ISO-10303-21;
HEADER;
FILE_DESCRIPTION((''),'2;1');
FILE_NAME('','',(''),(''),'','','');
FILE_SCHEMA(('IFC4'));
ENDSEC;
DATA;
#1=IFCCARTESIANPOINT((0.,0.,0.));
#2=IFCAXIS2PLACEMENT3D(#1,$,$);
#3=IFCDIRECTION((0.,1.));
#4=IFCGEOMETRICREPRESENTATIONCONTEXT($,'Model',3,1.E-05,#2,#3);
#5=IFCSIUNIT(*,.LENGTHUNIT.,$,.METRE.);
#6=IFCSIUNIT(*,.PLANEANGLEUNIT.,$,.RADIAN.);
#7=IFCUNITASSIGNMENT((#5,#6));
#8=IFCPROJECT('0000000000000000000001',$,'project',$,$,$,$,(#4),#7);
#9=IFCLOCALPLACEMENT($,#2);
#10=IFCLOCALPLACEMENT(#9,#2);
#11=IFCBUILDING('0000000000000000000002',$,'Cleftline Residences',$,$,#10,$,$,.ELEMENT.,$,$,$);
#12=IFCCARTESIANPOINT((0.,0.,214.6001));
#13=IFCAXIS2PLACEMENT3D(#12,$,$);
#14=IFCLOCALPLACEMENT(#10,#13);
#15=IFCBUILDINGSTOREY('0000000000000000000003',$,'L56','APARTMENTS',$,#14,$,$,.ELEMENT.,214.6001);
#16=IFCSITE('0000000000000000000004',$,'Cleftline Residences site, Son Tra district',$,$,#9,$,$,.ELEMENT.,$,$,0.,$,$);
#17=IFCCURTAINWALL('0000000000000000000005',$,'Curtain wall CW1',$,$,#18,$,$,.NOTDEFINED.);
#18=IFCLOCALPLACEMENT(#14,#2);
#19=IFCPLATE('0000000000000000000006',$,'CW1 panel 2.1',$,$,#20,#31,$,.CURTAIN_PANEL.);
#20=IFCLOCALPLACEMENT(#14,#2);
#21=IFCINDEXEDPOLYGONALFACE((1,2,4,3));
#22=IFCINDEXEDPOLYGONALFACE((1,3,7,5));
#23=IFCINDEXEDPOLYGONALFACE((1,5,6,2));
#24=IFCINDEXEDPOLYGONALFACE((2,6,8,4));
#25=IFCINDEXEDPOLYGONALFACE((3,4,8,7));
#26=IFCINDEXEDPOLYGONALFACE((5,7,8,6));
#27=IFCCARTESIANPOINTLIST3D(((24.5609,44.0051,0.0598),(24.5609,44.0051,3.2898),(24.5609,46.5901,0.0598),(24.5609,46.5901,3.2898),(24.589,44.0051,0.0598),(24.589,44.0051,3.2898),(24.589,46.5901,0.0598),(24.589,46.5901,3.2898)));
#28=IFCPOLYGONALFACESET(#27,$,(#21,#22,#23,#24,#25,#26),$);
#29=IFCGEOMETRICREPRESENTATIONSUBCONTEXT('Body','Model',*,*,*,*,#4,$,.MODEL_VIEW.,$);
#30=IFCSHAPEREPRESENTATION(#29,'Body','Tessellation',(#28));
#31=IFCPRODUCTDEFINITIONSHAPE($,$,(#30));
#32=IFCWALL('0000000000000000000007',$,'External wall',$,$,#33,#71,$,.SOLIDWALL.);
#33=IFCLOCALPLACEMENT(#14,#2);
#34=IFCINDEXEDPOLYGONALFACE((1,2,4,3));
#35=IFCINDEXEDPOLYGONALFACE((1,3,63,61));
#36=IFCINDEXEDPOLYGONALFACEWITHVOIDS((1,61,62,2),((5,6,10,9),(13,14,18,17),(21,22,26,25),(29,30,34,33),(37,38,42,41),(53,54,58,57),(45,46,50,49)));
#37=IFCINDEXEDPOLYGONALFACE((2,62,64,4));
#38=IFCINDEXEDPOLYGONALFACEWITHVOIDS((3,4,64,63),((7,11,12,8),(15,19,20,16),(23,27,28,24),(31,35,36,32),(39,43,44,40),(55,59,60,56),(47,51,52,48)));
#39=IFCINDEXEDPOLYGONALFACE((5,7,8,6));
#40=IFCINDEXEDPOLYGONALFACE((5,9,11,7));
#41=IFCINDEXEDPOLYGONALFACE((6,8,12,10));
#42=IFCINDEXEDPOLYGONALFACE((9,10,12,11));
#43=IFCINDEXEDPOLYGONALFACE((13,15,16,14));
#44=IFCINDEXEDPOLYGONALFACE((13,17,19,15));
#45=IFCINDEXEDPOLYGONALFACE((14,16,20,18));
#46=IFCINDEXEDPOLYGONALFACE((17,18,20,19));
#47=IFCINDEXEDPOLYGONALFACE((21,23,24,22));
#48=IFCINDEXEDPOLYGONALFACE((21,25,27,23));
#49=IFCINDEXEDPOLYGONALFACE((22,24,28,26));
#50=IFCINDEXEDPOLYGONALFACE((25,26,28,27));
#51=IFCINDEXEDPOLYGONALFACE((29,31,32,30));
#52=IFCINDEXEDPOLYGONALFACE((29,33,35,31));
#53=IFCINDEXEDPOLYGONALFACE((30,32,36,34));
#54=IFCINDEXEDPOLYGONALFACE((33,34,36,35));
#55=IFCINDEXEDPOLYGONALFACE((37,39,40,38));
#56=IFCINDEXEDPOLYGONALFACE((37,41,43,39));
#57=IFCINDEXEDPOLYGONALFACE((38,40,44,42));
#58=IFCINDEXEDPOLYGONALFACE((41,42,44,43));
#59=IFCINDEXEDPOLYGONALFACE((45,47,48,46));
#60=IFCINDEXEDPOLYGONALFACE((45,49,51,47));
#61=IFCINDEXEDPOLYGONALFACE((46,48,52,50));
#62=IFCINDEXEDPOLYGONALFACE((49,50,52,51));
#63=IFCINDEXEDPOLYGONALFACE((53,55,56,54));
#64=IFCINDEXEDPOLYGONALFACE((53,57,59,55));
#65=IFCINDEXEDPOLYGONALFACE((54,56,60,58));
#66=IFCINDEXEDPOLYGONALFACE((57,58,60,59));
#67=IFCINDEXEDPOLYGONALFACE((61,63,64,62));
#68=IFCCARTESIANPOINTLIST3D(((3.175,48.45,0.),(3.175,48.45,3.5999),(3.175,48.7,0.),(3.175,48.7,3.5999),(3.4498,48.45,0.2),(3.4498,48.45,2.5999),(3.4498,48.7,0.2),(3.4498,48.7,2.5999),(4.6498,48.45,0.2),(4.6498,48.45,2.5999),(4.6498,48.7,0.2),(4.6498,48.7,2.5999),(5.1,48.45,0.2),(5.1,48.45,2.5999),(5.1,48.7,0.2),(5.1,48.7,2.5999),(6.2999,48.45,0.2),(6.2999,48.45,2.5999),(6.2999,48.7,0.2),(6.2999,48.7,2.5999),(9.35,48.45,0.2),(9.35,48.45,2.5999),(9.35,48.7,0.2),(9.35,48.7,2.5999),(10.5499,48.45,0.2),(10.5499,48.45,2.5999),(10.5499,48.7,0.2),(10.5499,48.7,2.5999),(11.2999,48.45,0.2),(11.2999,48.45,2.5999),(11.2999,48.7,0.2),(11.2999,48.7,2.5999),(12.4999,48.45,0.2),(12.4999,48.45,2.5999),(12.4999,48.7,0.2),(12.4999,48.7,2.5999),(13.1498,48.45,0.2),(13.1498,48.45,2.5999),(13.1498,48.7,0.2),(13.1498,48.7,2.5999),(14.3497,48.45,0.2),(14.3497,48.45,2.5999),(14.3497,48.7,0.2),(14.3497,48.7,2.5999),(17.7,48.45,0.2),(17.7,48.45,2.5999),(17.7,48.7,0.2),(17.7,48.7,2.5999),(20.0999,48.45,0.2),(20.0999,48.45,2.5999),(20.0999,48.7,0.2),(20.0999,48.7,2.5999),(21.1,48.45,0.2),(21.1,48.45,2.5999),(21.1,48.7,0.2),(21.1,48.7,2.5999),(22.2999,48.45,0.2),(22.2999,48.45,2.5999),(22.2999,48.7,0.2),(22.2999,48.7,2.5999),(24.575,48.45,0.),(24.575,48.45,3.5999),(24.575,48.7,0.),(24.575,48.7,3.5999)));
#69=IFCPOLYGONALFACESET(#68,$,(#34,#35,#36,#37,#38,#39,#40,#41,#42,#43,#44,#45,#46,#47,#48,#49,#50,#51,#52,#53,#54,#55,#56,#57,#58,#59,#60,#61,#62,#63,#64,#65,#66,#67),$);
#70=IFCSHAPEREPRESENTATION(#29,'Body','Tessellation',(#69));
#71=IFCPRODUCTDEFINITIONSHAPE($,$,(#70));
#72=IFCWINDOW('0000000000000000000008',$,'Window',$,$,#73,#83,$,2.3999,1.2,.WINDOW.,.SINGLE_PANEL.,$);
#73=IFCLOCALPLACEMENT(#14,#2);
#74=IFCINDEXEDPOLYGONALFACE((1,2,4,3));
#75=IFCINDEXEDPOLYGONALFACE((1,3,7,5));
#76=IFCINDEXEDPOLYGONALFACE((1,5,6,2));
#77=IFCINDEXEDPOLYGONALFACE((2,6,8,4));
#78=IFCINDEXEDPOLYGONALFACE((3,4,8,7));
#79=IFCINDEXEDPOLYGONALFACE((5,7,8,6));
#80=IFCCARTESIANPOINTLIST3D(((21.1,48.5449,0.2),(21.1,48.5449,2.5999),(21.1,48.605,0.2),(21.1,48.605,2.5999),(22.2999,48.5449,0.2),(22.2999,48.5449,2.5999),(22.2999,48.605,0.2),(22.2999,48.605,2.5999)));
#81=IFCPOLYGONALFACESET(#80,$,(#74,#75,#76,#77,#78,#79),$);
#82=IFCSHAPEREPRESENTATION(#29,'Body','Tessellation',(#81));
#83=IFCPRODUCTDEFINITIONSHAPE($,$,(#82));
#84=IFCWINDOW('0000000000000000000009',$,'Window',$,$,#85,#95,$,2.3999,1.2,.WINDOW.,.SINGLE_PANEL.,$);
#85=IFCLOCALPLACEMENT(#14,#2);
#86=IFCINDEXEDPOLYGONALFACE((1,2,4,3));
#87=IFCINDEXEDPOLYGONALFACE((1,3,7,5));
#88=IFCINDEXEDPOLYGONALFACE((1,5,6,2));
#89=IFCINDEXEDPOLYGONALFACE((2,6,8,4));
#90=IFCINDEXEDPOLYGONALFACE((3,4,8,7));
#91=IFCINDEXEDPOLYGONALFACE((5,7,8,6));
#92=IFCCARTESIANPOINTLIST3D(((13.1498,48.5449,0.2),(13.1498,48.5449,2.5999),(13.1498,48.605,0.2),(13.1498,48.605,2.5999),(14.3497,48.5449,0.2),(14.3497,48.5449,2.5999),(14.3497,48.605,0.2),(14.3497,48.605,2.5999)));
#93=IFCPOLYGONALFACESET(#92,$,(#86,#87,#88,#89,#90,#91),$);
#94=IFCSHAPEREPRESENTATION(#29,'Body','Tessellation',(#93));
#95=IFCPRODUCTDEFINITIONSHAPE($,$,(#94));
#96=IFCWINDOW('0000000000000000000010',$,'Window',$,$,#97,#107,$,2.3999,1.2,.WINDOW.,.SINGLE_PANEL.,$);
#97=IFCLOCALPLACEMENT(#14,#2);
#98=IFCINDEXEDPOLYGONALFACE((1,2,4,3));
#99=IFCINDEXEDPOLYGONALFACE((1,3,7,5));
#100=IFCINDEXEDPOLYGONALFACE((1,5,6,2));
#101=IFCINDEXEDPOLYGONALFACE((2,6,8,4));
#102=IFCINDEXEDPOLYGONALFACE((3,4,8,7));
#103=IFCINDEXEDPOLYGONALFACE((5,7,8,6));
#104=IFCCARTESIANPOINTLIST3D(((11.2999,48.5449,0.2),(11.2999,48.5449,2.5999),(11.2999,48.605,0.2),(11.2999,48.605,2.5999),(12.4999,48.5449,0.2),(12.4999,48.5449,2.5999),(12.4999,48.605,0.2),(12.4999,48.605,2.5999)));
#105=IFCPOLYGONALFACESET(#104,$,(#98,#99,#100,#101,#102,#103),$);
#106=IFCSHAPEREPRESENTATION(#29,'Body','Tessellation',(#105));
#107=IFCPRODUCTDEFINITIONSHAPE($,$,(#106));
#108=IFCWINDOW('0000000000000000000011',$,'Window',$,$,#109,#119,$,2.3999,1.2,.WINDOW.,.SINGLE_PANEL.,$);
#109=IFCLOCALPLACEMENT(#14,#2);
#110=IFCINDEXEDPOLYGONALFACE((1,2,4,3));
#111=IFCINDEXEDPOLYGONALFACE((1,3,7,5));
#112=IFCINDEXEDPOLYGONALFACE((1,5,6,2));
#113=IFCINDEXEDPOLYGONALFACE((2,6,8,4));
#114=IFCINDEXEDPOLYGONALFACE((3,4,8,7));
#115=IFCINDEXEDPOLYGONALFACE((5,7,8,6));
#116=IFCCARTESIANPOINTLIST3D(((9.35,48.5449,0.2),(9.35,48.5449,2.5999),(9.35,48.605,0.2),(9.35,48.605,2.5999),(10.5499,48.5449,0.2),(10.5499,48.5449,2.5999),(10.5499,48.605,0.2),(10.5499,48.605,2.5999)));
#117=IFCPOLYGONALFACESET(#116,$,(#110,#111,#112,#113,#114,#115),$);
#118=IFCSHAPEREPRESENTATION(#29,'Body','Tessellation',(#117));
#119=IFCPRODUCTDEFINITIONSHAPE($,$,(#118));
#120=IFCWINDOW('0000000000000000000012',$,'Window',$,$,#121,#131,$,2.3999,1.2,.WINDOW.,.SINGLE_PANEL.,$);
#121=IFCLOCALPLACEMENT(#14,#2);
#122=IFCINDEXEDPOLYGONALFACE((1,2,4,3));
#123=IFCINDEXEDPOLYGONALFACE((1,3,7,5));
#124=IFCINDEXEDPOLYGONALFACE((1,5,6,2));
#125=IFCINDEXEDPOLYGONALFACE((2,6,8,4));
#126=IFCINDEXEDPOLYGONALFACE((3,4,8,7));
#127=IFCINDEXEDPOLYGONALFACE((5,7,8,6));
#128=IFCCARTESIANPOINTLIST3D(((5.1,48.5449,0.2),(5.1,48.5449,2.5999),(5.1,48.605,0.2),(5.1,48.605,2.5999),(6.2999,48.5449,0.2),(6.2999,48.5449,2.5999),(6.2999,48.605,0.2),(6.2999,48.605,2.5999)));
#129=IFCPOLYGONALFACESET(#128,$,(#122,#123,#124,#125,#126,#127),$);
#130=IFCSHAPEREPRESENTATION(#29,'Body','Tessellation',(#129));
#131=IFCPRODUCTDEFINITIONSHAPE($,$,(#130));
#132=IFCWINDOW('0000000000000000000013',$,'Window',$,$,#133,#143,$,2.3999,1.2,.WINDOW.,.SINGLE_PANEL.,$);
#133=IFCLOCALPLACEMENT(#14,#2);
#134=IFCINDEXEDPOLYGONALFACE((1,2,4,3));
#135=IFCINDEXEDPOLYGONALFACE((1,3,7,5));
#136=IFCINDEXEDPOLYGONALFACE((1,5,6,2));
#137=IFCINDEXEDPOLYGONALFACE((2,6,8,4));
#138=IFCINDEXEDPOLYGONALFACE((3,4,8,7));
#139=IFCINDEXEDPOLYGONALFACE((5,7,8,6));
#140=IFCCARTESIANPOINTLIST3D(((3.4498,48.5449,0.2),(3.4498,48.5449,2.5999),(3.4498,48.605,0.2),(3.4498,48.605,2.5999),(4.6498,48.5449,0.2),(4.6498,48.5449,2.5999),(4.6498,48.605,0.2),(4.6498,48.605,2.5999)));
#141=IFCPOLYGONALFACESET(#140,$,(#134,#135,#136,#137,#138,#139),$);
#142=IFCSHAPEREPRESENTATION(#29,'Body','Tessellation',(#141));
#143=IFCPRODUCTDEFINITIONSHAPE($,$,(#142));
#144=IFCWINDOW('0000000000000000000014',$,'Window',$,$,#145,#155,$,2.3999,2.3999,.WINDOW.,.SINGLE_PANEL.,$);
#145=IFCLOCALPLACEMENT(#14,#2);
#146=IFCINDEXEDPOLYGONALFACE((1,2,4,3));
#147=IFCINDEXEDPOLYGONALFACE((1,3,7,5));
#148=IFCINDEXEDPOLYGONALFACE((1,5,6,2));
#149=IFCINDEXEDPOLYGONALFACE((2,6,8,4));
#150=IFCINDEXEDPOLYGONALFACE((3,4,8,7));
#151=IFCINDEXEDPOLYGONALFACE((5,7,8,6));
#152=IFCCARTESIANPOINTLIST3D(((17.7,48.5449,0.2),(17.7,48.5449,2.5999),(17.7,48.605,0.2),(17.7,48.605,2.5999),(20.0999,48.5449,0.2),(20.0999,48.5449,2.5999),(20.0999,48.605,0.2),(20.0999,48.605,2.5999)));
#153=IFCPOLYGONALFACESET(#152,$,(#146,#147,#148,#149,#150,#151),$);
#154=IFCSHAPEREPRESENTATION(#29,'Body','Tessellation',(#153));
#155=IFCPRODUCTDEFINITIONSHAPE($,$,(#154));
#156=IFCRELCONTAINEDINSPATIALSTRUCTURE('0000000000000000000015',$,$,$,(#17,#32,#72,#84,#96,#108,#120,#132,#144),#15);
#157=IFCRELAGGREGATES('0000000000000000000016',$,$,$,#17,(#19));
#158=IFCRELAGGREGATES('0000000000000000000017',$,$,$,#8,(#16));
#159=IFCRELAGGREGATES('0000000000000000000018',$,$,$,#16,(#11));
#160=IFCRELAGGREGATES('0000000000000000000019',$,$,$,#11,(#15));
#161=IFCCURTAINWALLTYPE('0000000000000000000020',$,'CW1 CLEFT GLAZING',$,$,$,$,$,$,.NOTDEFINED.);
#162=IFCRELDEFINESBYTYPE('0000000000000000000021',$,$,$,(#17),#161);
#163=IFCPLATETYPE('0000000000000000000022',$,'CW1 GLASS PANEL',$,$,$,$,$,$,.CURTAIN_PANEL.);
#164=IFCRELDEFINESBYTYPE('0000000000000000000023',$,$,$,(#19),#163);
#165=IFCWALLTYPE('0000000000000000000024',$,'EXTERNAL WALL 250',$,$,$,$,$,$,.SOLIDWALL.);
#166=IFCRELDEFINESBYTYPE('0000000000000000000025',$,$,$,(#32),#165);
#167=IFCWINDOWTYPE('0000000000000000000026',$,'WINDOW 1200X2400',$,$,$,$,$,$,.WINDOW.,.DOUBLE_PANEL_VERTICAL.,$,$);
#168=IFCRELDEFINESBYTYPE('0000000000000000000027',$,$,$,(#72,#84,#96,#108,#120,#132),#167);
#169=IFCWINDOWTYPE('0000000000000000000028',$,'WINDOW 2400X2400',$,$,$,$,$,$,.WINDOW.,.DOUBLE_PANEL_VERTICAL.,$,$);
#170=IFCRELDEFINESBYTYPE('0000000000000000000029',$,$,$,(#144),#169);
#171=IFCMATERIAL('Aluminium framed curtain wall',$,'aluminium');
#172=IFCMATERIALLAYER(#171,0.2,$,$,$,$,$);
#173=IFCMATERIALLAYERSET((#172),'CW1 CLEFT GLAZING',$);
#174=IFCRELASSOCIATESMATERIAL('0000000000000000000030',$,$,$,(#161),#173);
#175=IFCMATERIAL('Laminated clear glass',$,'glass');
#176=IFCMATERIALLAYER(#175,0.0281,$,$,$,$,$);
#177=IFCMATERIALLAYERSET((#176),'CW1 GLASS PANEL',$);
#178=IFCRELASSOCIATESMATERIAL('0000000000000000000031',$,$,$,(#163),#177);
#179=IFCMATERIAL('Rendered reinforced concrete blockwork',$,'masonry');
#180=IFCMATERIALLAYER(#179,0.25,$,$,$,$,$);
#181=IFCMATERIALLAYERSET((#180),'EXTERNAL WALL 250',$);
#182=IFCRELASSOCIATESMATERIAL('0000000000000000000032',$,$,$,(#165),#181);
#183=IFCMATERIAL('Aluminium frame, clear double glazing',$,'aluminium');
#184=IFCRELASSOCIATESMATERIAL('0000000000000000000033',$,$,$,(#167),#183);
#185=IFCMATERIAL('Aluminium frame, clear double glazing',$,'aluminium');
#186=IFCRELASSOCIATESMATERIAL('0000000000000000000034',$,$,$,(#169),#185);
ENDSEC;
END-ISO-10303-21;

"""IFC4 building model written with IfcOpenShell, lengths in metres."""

from ifc_helpers import new_model, si_unit, direction, frame, frame_2d, origin, origin_2d, place, context, subcontext, project, spatial, rectangle, extrude, material, layer, layer_set, type_object, element, fill, aggregate, save


model = new_model("IFC4")

# Units and contexts
model_context = context("Model", 3, precision=1e-05, world=origin(), true_north=direction((0.0, 1.0)))
body_context = subcontext(model_context, "Body", "Model", "MODEL_VIEW")
ifc_project = project(units=[si_unit("LENGTHUNIT", "METRE"), si_unit("PLANEANGLEUNIT", "RADIAN")], contexts=[model_context])

# Site, building, storey
site_placement = place(None, origin())
site = spatial("IfcSite", under=ifc_project, at=site_placement, Name="Cleftline Residences site, Son Tra district", CompositionType="ELEMENT", RefElevation=0.0)
building_placement = place(site_placement, origin())
building = spatial("IfcBuilding", under=site, at=building_placement, Name="Cleftline Residences", CompositionType="ELEMENT")
storey_placement = place(building_placement, frame((0.0, 0.0, 214.6001)))
storey = spatial("IfcBuildingStorey", under=building, at=storey_placement, Name="L56", Description="APARTMENTS", CompositionType="ELEMENT", Elevation=214.6001)

# Curtain wall, plate
ifc_material_1 = material(Name="Aluminium framed curtain wall", Category="aluminium")
ifc_layer_1 = layer(ifc_material_1, 0.2)
ifc_layer_set_1 = layer_set([ifc_layer_1], Name="CW1 CLEFT GLAZING")
curtain_wall_type = type_object("IfcCurtainWallType", Name="CW1 CLEFT GLAZING", PredefinedType="NOTDEFINED", material=ifc_layer_set_1)
curtain_wall_placement = place(storey_placement, origin())
curtain_wall = element("IfcCurtainWall", 1, at=curtain_wall_placement, inside=storey, type_object=curtain_wall_type, Name="Curtain wall CW1", PredefinedType="NOTDEFINED")
ifc_material_2 = material(Name="Laminated clear glass", Category="glass")
ifc_layer_2 = layer(ifc_material_2, 0.0281)
ifc_layer_set_2 = layer_set([ifc_layer_2], Name="CW1 GLASS PANEL")
plate_type = type_object("IfcPlateType", Name="CW1 GLASS PANEL", PredefinedType="CURTAIN_PANEL", material=ifc_layer_set_2)
plate_1_placement = place(storey_placement, frame((24.575, 45.2976, 0.0598), z_axis=(0.0, 0.0, 1.0), x_axis=(0.0, 1.0, 0.0)))
plate_1 = element("IfcPlate", 2, at=plate_1_placement, type_object=plate_type, Name="CW1 panel 2.1", PredefinedType="CURTAIN_PANEL", context=body_context, shape_type="SweptSolid", body=[
    extrude(rectangle(XDim=2.585, YDim=0.0281, at=origin_2d()), origin(), (0.0, 0.0, 1.0), 3.23),
])
aggregate(curtain_wall, [plate_1])

# Wall, openings, windows
ifc_material_3 = material(Name="Rendered reinforced concrete blockwork", Category="masonry")
ifc_layer_3 = layer(ifc_material_3, 0.25)
ifc_layer_set_3 = layer_set([ifc_layer_3], Name="EXTERNAL WALL 250")
wall_type = type_object("IfcWallType", Name="EXTERNAL WALL 250", PredefinedType="SOLIDWALL", material=ifc_layer_set_3)
wall_placement = place(storey_placement, frame((24.575, 48.575, 0.0), z_axis=(0.0, 0.0, 1.0), x_axis=(-1.0, 0.0, 0.0)))
wall = element("IfcWall", 3, at=wall_placement, inside=storey, type_object=wall_type, Name="External wall", PredefinedType="SOLIDWALL", context=body_context, shape_type="SweptSolid", body=[
    extrude(rectangle(XDim=21.3999, YDim=0.25, at=frame_2d((10.7, 0.0))), origin(), (0.0, 0.0, 1.0), 3.5999),
])
opening_1_placement = place(wall_placement, frame((2.2749, 0.0, 0.2)))
opening_1 = element("IfcOpeningElement", 4, at=opening_1_placement, cuts=wall, PredefinedType="OPENING", context=body_context, shape_type="SweptSolid", body=[
    extrude(rectangle(XDim=1.2, YDim=2.3999, at=frame_2d((0.6001, 1.2))), frame((0.0, 0.135, 0.0), z_axis=(0.0, -1.0, 0.0), x_axis=(1.0, 0.0, 0.0)), (0.0, 0.0, 1.0), 0.27),
])
opening_2_placement = place(wall_placement, frame((4.4751, 0.0, 0.2)))
opening_2 = element("IfcOpeningElement", 5, at=opening_2_placement, cuts=wall, PredefinedType="OPENING", context=body_context, shape_type="SweptSolid", body=[
    extrude(rectangle(XDim=2.3999, YDim=2.3999, at=frame_2d((1.2, 1.2))), frame((0.0, 0.135, 0.0), z_axis=(0.0, -1.0, 0.0), x_axis=(1.0, 0.0, 0.0)), (0.0, 0.0, 1.0), 0.27),
])
opening_3_placement = place(wall_placement, frame((10.2251, 0.0, 0.2)))
opening_3 = element("IfcOpeningElement", 6, at=opening_3_placement, cuts=wall, PredefinedType="OPENING", context=body_context, shape_type="SweptSolid", body=[
    extrude(rectangle(XDim=1.2, YDim=2.3999, at=frame_2d((0.6001, 1.2))), frame((0.0, 0.135, 0.0), z_axis=(0.0, -1.0, 0.0), x_axis=(1.0, 0.0, 0.0)), (0.0, 0.0, 1.0), 0.27),
])
opening_4_placement = place(wall_placement, frame((12.075, 0.0, 0.2)))
opening_4 = element("IfcOpeningElement", 7, at=opening_4_placement, cuts=wall, PredefinedType="OPENING", context=body_context, shape_type="SweptSolid", body=[
    extrude(rectangle(XDim=1.2, YDim=2.3999, at=frame_2d((0.6001, 1.2))), frame((0.0, 0.135, 0.0), z_axis=(0.0, -1.0, 0.0), x_axis=(1.0, 0.0, 0.0)), (0.0, 0.0, 1.0), 0.27),
])
opening_5_placement = place(wall_placement, frame((14.0249, 0.0, 0.2)))
opening_5 = element("IfcOpeningElement", 8, at=opening_5_placement, cuts=wall, PredefinedType="OPENING", context=body_context, shape_type="SweptSolid", body=[
    extrude(rectangle(XDim=1.2, YDim=2.3999, at=frame_2d((0.6001, 1.2))), frame((0.0, 0.135, 0.0), z_axis=(0.0, -1.0, 0.0), x_axis=(1.0, 0.0, 0.0)), (0.0, 0.0, 1.0), 0.27),
])
opening_6_placement = place(wall_placement, frame((18.2749, 0.0, 0.2)))
opening_6 = element("IfcOpeningElement", 9, at=opening_6_placement, cuts=wall, PredefinedType="OPENING", context=body_context, shape_type="SweptSolid", body=[
    extrude(rectangle(XDim=1.2, YDim=2.3999, at=frame_2d((0.6001, 1.2))), frame((0.0, 0.135, 0.0), z_axis=(0.0, -1.0, 0.0), x_axis=(1.0, 0.0, 0.0)), (0.0, 0.0, 1.0), 0.27),
])
opening_7_placement = place(wall_placement, frame((19.925, 0.0, 0.2)))
opening_7 = element("IfcOpeningElement", 10, at=opening_7_placement, cuts=wall, PredefinedType="OPENING", context=body_context, shape_type="SweptSolid", body=[
    extrude(rectangle(XDim=1.2, YDim=2.3999, at=frame_2d((0.6001, 1.2))), frame((0.0, 0.135, 0.0), z_axis=(0.0, -1.0, 0.0), x_axis=(1.0, 0.0, 0.0)), (0.0, 0.0, 1.0), 0.27),
])
ifc_material_4 = material(Name="Aluminium frame, clear double glazing", Category="aluminium")
window_type_1 = type_object("IfcWindowType", Name="WINDOW 1200X2400", PartitioningType="DOUBLE_PANEL_VERTICAL", PredefinedType="WINDOW", material=ifc_material_4)
window_1_placement = place(opening_1_placement, origin())
window_1 = element("IfcWindow", 11, at=window_1_placement, inside=storey, type_object=window_type_1, Name="Window", OverallHeight=2.3999, OverallWidth=1.2, PartitioningType="SINGLE_PANEL", PredefinedType="WINDOW", context=body_context, shape_type="SweptSolid", body=[
    extrude(rectangle(XDim=1.2, YDim=2.3999, at=frame_2d((0.6001, 1.2))), frame((0.0, 0.03, 0.0), z_axis=(0.0, -1.0, 0.0), x_axis=(1.0, 0.0, 0.0)), (0.0, 0.0, 1.0), 0.0601),
])
fill(opening_1, window_1)
window_2_placement = place(opening_3_placement, origin())
window_2 = element("IfcWindow", 12, at=window_2_placement, inside=storey, type_object=window_type_1, Name="Window", OverallHeight=2.3999, OverallWidth=1.2, PartitioningType="SINGLE_PANEL", PredefinedType="WINDOW", context=body_context, shape_type="SweptSolid", body=[
    extrude(rectangle(XDim=1.2, YDim=2.3999, at=frame_2d((0.6001, 1.2))), frame((0.0, 0.03, 0.0), z_axis=(0.0, -1.0, 0.0), x_axis=(1.0, 0.0, 0.0)), (0.0, 0.0, 1.0), 0.0601),
])
fill(opening_3, window_2)
window_3_placement = place(opening_4_placement, origin())
window_3 = element("IfcWindow", 13, at=window_3_placement, inside=storey, type_object=window_type_1, Name="Window", OverallHeight=2.3999, OverallWidth=1.2, PartitioningType="SINGLE_PANEL", PredefinedType="WINDOW", context=body_context, shape_type="SweptSolid", body=[
    extrude(rectangle(XDim=1.2, YDim=2.3999, at=frame_2d((0.6001, 1.2))), frame((0.0, 0.03, 0.0), z_axis=(0.0, -1.0, 0.0), x_axis=(1.0, 0.0, 0.0)), (0.0, 0.0, 1.0), 0.0601),
])
fill(opening_4, window_3)
window_4_placement = place(opening_5_placement, origin())
window_4 = element("IfcWindow", 14, at=window_4_placement, inside=storey, type_object=window_type_1, Name="Window", OverallHeight=2.3999, OverallWidth=1.2, PartitioningType="SINGLE_PANEL", PredefinedType="WINDOW", context=body_context, shape_type="SweptSolid", body=[
    extrude(rectangle(XDim=1.2, YDim=2.3999, at=frame_2d((0.6001, 1.2))), frame((0.0, 0.03, 0.0), z_axis=(0.0, -1.0, 0.0), x_axis=(1.0, 0.0, 0.0)), (0.0, 0.0, 1.0), 0.0601),
])
fill(opening_5, window_4)
window_5_placement = place(opening_6_placement, origin())
window_5 = element("IfcWindow", 15, at=window_5_placement, inside=storey, type_object=window_type_1, Name="Window", OverallHeight=2.3999, OverallWidth=1.2, PartitioningType="SINGLE_PANEL", PredefinedType="WINDOW", context=body_context, shape_type="SweptSolid", body=[
    extrude(rectangle(XDim=1.2, YDim=2.3999, at=frame_2d((0.6001, 1.2))), frame((0.0, 0.03, 0.0), z_axis=(0.0, -1.0, 0.0), x_axis=(1.0, 0.0, 0.0)), (0.0, 0.0, 1.0), 0.0601),
])
fill(opening_6, window_5)
window_6_placement = place(opening_7_placement, origin())
window_6 = element("IfcWindow", 16, at=window_6_placement, inside=storey, type_object=window_type_1, Name="Window", OverallHeight=2.3999, OverallWidth=1.2, PartitioningType="SINGLE_PANEL", PredefinedType="WINDOW", context=body_context, shape_type="SweptSolid", body=[
    extrude(rectangle(XDim=1.2, YDim=2.3999, at=frame_2d((0.6001, 1.2))), frame((0.0, 0.03, 0.0), z_axis=(0.0, -1.0, 0.0), x_axis=(1.0, 0.0, 0.0)), (0.0, 0.0, 1.0), 0.0601),
])
fill(opening_7, window_6)
ifc_material_5 = material(Name="Aluminium frame, clear double glazing", Category="aluminium")
window_type_2 = type_object("IfcWindowType", Name="WINDOW 2400X2400", PartitioningType="DOUBLE_PANEL_VERTICAL", PredefinedType="WINDOW", material=ifc_material_5)
window_7_placement = place(opening_2_placement, origin())
window_7 = element("IfcWindow", 17, at=window_7_placement, inside=storey, type_object=window_type_2, Name="Window", OverallHeight=2.3999, OverallWidth=2.3999, PartitioningType="SINGLE_PANEL", PredefinedType="WINDOW", context=body_context, shape_type="SweptSolid", body=[
    extrude(rectangle(XDim=2.3999, YDim=2.3999, at=frame_2d((1.2, 1.2))), frame((0.0, 0.03, 0.0), z_axis=(0.0, -1.0, 0.0), x_axis=(1.0, 0.0, 0.0)), (0.0, 0.0, 1.0), 0.0601),
])
fill(opening_2, window_7)

save(model, "model.ifc")
